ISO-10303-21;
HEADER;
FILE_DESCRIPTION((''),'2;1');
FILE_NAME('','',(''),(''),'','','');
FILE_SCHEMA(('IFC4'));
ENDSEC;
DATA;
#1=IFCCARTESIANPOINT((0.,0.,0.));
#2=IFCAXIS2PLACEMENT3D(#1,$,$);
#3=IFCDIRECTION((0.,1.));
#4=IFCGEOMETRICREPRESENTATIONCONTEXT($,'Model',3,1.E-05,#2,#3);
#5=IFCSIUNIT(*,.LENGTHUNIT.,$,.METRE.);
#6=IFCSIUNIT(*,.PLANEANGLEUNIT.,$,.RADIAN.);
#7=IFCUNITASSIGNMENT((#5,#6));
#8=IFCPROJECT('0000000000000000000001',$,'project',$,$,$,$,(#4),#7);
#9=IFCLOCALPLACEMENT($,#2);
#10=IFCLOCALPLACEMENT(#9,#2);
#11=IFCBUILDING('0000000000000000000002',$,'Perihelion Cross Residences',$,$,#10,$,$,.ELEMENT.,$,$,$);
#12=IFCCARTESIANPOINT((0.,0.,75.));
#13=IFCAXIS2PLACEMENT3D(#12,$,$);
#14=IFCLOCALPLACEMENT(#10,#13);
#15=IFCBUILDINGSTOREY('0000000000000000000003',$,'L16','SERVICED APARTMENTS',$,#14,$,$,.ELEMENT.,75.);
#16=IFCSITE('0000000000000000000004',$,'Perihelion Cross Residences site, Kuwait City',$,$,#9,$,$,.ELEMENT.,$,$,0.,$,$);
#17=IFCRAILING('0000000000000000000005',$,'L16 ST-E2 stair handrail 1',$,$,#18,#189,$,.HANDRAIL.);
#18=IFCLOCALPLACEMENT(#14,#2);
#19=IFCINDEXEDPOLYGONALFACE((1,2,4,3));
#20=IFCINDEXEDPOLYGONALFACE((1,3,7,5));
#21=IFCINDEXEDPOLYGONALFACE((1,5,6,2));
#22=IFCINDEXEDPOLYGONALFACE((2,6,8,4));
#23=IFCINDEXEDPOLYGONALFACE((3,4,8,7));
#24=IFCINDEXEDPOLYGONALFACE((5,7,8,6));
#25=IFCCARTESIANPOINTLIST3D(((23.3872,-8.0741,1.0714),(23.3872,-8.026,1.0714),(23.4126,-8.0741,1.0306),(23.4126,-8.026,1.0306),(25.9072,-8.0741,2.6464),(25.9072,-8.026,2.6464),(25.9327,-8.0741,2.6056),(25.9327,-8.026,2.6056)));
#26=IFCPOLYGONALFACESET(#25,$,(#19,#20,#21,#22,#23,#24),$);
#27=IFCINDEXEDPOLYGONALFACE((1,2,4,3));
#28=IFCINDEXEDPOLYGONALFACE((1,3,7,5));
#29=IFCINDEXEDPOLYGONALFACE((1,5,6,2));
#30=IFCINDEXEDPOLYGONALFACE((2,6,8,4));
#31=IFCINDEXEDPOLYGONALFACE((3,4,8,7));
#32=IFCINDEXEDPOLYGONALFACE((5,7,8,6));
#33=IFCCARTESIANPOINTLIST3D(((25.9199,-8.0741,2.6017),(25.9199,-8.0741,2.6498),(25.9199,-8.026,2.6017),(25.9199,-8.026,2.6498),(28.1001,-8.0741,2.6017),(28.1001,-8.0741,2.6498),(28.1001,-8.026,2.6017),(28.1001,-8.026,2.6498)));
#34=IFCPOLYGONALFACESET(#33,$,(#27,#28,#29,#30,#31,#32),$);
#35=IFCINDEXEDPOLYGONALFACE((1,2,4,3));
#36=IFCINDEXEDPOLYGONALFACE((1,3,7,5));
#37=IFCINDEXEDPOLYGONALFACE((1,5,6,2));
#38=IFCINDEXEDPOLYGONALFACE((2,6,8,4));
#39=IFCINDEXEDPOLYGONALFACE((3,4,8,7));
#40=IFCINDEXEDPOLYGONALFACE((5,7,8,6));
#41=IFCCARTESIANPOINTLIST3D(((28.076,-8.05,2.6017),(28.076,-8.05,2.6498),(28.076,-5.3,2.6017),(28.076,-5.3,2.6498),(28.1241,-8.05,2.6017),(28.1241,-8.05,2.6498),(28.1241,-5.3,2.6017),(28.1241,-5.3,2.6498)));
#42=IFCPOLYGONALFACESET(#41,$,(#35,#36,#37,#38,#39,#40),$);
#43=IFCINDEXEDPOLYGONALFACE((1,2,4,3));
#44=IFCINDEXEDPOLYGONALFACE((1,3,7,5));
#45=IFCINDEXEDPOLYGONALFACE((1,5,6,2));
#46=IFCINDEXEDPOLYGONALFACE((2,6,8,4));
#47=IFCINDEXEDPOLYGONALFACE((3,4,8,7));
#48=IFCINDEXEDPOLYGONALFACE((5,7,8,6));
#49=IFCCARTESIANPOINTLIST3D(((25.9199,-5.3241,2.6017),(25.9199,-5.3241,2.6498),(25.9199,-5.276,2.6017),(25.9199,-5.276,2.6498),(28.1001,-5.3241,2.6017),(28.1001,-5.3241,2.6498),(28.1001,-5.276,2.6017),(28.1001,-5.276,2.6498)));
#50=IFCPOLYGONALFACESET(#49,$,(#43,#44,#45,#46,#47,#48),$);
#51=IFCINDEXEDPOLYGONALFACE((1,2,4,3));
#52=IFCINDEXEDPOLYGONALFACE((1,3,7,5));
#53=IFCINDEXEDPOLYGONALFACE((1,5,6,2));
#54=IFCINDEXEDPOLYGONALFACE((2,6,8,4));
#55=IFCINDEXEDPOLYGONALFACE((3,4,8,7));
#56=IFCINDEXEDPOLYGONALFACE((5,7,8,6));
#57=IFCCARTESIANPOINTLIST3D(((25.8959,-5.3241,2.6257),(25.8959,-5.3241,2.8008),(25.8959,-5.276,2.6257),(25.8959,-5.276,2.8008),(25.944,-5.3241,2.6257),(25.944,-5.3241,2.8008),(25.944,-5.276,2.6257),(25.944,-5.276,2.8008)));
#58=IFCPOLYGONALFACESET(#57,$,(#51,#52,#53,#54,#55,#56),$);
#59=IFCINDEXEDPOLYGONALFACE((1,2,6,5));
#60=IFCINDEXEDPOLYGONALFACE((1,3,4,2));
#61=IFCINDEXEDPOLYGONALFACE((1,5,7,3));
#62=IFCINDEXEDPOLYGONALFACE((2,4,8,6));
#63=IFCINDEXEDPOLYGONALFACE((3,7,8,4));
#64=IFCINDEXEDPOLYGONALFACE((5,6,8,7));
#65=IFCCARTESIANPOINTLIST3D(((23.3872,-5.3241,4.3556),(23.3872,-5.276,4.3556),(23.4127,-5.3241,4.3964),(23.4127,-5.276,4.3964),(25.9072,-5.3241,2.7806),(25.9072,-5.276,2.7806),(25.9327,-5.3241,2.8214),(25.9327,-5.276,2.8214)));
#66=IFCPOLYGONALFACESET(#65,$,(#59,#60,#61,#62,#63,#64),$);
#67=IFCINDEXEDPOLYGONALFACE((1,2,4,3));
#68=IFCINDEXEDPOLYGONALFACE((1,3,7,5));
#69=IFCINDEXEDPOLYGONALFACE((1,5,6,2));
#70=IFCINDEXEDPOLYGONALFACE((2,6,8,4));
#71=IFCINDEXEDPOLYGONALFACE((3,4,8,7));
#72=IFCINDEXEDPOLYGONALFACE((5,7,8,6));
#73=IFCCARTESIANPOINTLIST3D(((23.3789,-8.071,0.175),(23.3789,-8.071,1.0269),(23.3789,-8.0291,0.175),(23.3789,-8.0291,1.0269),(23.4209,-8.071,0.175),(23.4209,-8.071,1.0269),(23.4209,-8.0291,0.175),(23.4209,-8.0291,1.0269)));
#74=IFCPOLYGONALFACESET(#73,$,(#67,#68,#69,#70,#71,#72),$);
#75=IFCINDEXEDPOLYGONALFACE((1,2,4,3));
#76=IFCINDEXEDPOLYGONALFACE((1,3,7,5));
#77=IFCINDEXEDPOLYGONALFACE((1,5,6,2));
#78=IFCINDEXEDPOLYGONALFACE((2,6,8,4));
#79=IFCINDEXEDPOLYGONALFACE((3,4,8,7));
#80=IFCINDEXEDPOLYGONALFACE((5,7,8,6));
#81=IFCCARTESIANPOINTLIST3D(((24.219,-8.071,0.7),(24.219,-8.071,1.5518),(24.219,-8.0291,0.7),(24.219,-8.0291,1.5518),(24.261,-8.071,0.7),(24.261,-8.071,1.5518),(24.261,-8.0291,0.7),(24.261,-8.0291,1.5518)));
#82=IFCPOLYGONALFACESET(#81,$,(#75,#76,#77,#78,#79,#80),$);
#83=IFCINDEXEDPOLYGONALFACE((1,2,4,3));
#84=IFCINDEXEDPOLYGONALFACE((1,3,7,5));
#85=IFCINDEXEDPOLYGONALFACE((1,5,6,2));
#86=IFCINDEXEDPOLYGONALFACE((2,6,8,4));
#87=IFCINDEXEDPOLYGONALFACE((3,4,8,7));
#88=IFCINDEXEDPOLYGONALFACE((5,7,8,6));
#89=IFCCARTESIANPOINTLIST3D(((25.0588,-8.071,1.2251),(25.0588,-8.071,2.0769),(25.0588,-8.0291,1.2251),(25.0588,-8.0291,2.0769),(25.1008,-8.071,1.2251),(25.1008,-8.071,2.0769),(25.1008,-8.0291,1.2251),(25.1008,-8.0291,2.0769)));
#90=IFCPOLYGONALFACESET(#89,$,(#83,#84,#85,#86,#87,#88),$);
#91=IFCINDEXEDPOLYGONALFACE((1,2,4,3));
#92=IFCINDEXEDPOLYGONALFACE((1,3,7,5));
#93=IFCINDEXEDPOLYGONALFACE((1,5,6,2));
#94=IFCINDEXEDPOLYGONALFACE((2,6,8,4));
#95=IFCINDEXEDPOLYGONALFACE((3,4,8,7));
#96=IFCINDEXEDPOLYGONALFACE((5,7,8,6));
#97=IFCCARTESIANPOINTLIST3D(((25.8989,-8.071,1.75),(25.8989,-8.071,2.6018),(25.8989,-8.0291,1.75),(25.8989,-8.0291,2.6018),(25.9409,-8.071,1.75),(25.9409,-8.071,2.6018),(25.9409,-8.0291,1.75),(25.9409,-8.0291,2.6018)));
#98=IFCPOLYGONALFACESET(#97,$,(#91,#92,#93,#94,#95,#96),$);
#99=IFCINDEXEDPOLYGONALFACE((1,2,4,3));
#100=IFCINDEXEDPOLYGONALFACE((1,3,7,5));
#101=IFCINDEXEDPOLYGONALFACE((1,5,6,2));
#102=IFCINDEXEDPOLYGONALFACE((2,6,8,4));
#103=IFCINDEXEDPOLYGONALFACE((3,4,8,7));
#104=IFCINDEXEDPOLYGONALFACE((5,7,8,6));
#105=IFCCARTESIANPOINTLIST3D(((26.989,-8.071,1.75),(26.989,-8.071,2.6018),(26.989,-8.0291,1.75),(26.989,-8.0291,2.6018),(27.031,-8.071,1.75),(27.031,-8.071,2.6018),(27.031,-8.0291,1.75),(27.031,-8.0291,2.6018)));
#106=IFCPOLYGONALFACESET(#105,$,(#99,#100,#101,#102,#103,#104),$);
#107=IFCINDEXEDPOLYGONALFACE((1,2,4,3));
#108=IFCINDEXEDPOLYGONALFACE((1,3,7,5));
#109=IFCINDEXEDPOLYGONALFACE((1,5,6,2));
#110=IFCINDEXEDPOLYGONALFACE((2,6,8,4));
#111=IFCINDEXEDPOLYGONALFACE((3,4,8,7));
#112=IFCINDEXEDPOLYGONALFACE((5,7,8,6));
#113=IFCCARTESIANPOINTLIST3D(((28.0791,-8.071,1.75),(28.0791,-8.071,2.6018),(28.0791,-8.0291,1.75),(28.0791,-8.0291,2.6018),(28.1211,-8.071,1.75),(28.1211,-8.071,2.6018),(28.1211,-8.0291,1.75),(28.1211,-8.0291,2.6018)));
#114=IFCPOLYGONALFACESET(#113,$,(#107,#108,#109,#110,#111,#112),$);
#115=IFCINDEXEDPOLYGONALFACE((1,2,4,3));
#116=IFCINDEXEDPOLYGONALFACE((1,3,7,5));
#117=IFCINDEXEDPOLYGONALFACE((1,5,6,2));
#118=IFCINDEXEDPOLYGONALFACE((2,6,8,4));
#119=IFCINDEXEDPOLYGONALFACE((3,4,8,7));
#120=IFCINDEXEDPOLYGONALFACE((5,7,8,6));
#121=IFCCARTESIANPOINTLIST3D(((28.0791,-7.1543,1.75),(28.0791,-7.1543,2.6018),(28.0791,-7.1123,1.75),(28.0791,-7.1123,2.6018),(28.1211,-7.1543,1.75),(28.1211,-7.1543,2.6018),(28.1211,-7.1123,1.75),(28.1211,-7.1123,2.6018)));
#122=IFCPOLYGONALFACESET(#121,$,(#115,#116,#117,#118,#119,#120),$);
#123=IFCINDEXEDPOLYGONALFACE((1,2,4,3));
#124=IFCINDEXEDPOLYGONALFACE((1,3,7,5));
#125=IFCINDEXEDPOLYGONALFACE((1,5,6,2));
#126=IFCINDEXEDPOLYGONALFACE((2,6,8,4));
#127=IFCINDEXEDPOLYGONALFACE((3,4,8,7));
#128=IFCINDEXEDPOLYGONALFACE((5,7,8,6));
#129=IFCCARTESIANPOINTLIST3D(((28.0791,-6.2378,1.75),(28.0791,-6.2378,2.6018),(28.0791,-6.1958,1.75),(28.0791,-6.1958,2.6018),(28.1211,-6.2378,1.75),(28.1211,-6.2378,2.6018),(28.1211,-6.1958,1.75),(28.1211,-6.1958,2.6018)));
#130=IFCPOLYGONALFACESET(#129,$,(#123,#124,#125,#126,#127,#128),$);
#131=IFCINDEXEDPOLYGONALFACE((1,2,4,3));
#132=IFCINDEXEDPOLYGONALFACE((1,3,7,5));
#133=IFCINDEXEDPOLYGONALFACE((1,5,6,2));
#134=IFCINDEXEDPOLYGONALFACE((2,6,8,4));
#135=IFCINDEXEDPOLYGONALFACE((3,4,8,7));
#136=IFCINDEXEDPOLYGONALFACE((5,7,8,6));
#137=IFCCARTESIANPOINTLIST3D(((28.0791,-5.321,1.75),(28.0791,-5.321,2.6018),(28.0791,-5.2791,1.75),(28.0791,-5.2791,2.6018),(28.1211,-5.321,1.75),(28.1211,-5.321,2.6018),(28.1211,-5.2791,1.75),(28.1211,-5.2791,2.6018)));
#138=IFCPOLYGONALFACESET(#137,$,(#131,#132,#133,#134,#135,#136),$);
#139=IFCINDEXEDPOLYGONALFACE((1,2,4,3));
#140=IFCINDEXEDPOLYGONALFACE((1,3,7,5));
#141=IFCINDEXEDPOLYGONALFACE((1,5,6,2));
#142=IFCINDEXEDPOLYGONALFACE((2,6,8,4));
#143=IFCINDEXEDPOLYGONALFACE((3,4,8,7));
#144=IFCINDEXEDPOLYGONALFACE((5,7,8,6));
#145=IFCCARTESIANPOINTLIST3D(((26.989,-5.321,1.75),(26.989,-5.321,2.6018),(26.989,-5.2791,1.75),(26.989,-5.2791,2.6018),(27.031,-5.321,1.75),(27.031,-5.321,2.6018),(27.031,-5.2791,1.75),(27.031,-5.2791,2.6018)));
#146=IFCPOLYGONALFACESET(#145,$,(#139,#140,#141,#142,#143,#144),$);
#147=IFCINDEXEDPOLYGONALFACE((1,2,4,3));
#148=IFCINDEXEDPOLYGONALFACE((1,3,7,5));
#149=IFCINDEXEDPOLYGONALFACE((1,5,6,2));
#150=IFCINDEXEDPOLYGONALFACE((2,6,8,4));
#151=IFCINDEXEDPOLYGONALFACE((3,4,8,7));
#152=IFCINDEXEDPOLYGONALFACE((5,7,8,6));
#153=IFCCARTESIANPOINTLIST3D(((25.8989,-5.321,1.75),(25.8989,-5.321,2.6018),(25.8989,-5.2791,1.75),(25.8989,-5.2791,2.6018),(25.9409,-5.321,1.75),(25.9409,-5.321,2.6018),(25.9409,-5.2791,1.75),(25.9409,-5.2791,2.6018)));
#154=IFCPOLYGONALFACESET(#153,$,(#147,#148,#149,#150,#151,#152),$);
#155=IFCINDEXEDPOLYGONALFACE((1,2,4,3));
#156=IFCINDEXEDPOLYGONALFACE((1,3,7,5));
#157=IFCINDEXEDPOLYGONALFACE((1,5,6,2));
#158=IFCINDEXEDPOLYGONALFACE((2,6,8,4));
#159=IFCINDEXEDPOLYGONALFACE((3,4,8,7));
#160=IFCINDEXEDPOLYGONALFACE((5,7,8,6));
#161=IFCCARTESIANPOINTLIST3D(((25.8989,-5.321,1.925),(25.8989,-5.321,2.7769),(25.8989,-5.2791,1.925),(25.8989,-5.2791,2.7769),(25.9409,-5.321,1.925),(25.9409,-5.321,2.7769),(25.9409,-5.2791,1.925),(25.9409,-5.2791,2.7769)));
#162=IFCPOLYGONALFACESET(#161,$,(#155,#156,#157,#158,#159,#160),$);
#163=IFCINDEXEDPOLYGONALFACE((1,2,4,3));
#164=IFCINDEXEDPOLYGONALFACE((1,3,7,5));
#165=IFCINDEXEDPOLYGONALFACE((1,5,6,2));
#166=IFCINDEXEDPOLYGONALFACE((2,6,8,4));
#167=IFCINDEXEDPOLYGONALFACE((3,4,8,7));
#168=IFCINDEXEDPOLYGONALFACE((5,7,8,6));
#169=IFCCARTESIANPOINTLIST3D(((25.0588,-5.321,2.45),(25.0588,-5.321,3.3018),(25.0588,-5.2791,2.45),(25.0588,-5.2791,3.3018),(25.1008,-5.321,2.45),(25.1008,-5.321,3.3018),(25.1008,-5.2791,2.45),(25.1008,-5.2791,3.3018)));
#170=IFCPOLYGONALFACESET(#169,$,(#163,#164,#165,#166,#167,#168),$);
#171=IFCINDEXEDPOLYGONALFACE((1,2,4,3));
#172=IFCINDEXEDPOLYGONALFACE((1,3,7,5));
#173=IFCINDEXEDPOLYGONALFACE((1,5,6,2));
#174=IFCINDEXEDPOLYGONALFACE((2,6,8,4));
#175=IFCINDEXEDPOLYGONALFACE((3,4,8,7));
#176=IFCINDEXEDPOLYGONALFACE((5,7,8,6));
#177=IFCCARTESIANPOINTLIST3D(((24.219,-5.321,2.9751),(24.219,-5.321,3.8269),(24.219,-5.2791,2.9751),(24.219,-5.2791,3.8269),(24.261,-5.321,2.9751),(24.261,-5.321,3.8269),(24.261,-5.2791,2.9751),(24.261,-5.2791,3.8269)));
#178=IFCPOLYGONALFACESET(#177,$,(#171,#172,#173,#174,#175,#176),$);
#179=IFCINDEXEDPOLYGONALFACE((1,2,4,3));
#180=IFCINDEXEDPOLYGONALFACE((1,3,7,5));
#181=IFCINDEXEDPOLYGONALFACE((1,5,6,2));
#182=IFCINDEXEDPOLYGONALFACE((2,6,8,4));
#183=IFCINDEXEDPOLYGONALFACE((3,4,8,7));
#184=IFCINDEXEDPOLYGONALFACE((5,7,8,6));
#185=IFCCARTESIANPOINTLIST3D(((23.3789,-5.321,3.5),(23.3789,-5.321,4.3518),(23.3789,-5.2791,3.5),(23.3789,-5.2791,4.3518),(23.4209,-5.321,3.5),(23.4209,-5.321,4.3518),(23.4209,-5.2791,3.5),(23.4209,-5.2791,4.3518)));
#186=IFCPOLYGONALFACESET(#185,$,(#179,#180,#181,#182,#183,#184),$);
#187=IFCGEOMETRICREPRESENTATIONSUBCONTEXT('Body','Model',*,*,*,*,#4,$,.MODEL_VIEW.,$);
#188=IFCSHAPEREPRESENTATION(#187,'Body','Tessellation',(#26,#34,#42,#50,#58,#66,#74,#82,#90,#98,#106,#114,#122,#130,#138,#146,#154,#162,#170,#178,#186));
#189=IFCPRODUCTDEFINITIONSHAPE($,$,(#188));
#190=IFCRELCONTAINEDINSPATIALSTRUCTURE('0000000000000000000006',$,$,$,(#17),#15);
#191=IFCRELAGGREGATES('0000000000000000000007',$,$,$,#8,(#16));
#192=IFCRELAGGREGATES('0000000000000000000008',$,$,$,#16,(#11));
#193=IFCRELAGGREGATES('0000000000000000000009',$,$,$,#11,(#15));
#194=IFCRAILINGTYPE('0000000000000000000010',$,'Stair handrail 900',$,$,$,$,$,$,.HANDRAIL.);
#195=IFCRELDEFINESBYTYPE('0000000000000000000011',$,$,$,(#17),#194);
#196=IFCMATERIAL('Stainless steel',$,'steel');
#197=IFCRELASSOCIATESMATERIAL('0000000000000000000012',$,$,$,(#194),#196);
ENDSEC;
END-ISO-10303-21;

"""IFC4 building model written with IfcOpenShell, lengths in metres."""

from ifc_helpers import new_model, si_unit, direction, frame, origin, origin_2d, place, context, subcontext, project, spatial, rectangle, extrude, material, type_object, element, save


model = new_model("IFC4")

# Units and contexts
model_context = context("Model", 3, precision=1e-05, world=origin(), true_north=direction((0.0, 1.0)))
body_context = subcontext(model_context, "Body", "Model", "MODEL_VIEW")
ifc_project = project(units=[si_unit("LENGTHUNIT", "METRE"), si_unit("PLANEANGLEUNIT", "RADIAN")], contexts=[model_context])

# Site, building, storey
site_placement = place(None, origin())
site = spatial("IfcSite", under=ifc_project, at=site_placement, Name="Perihelion Cross Residences site, Kuwait City", CompositionType="ELEMENT", RefElevation=0.0)
building_placement = place(site_placement, origin())
building = spatial("IfcBuilding", under=site, at=building_placement, Name="Perihelion Cross Residences", CompositionType="ELEMENT")
storey_placement = place(building_placement, frame((0.0, 0.0, 75.0)))
storey = spatial("IfcBuildingStorey", under=building, at=storey_placement, Name="L16", Description="SERVICED APARTMENTS", CompositionType="ELEMENT", Elevation=75.0)

# Railing
ifc_material_1 = material(Name="Stainless steel", Category="steel")
railing_type_1 = type_object("IfcRailingType", Name="Stair handrail 900", PredefinedType="HANDRAIL", material=ifc_material_1)
railing_1_placement = place(storey_placement, frame((23.3999, -8.05, 0.175)))
element("IfcRailing", 1, at=railing_1_placement, inside=storey, type_object=railing_type_1, Name="L16 ST-E2 stair handrail 1", PredefinedType="HANDRAIL", context=body_context, shape_type="SweptSolid", body=[
    extrude(rectangle(XDim=0.0481, YDim=0.0481, at=origin_2d()), frame((0.0, 0.0, 0.876), z_axis=(0.848008, 0.0, 0.529984), x_axis=(0.0, 1.0, 0.0)), (0.0, 0.0, 1.0), 2.9717),
    extrude(rectangle(XDim=0.0481, YDim=0.0481, at=origin_2d()), frame((2.52, 0.0, 2.4507), z_axis=(1.0, 0.0, 0.0), x_axis=(0.0, 1.0, 0.0)), (0.0, 0.0, 1.0), 2.1802),
    extrude(rectangle(XDim=0.0481, YDim=0.0481, at=origin_2d()), frame((4.7002, 0.0, 2.4507), z_axis=(0.0, 1.0, 0.0), x_axis=(-1.0, 0.0, 0.0)), (0.0, 0.0, 1.0), 2.75),
    extrude(rectangle(XDim=0.0481, YDim=0.0481, at=origin_2d()), frame((4.7002, 2.75, 2.4507), z_axis=(-1.0, 0.0, 0.0), x_axis=(0.0, -1.0, 0.0)), (0.0, 0.0, 1.0), 2.1802),
    extrude(rectangle(XDim=0.0481, YDim=0.0481, at=origin_2d()), frame((2.52, 2.75, 2.4507), z_axis=(0.0, 0.0, 1.0), x_axis=(1.0, 0.0, 0.0)), (0.0, 0.0, 1.0), 0.175),
    extrude(rectangle(XDim=0.0481, YDim=0.0481, at=origin_2d()), frame((2.52, 2.75, 2.626), z_axis=(-0.848008, 0.0, 0.529984), x_axis=(0.0, -1.0, 0.0)), (0.0, 0.0, 1.0), 2.9717),
    extrude(rectangle(XDim=0.042, YDim=0.042, at=origin_2d()), origin(), (0.0, 0.0, 1.0), 0.8518),
    extrude(rectangle(XDim=0.042, YDim=0.042, at=origin_2d()), frame((0.8401, 0.0, 0.5249)), (0.0, 0.0, 1.0), 0.8518),
    extrude(rectangle(XDim=0.042, YDim=0.042, at=origin_2d()), frame((1.6799, 0.0, 1.05)), (0.0, 0.0, 1.0), 0.8518),
    extrude(rectangle(XDim=0.042, YDim=0.042, at=origin_2d()), frame((2.52, 0.0, 1.575)), (0.0, 0.0, 1.0), 0.8518),
    extrude(rectangle(XDim=0.042, YDim=0.042, at=origin_2d()), frame((3.6101, 0.0, 1.575)), (0.0, 0.0, 1.0), 0.8518),
    extrude(rectangle(XDim=0.042, YDim=0.042, at=origin_2d()), frame((4.7002, 0.0, 1.575)), (0.0, 0.0, 1.0), 0.8518),
    extrude(rectangle(XDim=0.042, YDim=0.042, at=origin_2d()), frame((4.7002, 0.9167, 1.575)), (0.0, 0.0, 1.0), 0.8518),
    extrude(rectangle(XDim=0.042, YDim=0.042, at=origin_2d()), frame((4.7002, 1.8333, 1.575)), (0.0, 0.0, 1.0), 0.8518),
    extrude(rectangle(XDim=0.042, YDim=0.042, at=origin_2d()), frame((4.7002, 2.75, 1.575)), (0.0, 0.0, 1.0), 0.8518),
    extrude(rectangle(XDim=0.042, YDim=0.042, at=origin_2d()), frame((3.6101, 2.75, 1.575)), (0.0, 0.0, 1.0), 0.8518),
    extrude(rectangle(XDim=0.042, YDim=0.042, at=origin_2d()), frame((2.52, 2.75, 1.575)), (0.0, 0.0, 1.0), 0.8518),
    extrude(rectangle(XDim=0.042, YDim=0.042, at=origin_2d()), frame((2.52, 2.75, 1.75)), (0.0, 0.0, 1.0), 0.8518),
    extrude(rectangle(XDim=0.042, YDim=0.042, at=origin_2d()), frame((1.6799, 2.75, 2.2749)), (0.0, 0.0, 1.0), 0.8518),
    extrude(rectangle(XDim=0.042, YDim=0.042, at=origin_2d()), frame((0.8401, 2.75, 2.8)), (0.0, 0.0, 1.0), 0.8518),
    extrude(rectangle(XDim=0.042, YDim=0.042, at=origin_2d()), frame((0.0, 2.75, 3.325)), (0.0, 0.0, 1.0), 0.8518),
])

save(model, "model.ifc")
